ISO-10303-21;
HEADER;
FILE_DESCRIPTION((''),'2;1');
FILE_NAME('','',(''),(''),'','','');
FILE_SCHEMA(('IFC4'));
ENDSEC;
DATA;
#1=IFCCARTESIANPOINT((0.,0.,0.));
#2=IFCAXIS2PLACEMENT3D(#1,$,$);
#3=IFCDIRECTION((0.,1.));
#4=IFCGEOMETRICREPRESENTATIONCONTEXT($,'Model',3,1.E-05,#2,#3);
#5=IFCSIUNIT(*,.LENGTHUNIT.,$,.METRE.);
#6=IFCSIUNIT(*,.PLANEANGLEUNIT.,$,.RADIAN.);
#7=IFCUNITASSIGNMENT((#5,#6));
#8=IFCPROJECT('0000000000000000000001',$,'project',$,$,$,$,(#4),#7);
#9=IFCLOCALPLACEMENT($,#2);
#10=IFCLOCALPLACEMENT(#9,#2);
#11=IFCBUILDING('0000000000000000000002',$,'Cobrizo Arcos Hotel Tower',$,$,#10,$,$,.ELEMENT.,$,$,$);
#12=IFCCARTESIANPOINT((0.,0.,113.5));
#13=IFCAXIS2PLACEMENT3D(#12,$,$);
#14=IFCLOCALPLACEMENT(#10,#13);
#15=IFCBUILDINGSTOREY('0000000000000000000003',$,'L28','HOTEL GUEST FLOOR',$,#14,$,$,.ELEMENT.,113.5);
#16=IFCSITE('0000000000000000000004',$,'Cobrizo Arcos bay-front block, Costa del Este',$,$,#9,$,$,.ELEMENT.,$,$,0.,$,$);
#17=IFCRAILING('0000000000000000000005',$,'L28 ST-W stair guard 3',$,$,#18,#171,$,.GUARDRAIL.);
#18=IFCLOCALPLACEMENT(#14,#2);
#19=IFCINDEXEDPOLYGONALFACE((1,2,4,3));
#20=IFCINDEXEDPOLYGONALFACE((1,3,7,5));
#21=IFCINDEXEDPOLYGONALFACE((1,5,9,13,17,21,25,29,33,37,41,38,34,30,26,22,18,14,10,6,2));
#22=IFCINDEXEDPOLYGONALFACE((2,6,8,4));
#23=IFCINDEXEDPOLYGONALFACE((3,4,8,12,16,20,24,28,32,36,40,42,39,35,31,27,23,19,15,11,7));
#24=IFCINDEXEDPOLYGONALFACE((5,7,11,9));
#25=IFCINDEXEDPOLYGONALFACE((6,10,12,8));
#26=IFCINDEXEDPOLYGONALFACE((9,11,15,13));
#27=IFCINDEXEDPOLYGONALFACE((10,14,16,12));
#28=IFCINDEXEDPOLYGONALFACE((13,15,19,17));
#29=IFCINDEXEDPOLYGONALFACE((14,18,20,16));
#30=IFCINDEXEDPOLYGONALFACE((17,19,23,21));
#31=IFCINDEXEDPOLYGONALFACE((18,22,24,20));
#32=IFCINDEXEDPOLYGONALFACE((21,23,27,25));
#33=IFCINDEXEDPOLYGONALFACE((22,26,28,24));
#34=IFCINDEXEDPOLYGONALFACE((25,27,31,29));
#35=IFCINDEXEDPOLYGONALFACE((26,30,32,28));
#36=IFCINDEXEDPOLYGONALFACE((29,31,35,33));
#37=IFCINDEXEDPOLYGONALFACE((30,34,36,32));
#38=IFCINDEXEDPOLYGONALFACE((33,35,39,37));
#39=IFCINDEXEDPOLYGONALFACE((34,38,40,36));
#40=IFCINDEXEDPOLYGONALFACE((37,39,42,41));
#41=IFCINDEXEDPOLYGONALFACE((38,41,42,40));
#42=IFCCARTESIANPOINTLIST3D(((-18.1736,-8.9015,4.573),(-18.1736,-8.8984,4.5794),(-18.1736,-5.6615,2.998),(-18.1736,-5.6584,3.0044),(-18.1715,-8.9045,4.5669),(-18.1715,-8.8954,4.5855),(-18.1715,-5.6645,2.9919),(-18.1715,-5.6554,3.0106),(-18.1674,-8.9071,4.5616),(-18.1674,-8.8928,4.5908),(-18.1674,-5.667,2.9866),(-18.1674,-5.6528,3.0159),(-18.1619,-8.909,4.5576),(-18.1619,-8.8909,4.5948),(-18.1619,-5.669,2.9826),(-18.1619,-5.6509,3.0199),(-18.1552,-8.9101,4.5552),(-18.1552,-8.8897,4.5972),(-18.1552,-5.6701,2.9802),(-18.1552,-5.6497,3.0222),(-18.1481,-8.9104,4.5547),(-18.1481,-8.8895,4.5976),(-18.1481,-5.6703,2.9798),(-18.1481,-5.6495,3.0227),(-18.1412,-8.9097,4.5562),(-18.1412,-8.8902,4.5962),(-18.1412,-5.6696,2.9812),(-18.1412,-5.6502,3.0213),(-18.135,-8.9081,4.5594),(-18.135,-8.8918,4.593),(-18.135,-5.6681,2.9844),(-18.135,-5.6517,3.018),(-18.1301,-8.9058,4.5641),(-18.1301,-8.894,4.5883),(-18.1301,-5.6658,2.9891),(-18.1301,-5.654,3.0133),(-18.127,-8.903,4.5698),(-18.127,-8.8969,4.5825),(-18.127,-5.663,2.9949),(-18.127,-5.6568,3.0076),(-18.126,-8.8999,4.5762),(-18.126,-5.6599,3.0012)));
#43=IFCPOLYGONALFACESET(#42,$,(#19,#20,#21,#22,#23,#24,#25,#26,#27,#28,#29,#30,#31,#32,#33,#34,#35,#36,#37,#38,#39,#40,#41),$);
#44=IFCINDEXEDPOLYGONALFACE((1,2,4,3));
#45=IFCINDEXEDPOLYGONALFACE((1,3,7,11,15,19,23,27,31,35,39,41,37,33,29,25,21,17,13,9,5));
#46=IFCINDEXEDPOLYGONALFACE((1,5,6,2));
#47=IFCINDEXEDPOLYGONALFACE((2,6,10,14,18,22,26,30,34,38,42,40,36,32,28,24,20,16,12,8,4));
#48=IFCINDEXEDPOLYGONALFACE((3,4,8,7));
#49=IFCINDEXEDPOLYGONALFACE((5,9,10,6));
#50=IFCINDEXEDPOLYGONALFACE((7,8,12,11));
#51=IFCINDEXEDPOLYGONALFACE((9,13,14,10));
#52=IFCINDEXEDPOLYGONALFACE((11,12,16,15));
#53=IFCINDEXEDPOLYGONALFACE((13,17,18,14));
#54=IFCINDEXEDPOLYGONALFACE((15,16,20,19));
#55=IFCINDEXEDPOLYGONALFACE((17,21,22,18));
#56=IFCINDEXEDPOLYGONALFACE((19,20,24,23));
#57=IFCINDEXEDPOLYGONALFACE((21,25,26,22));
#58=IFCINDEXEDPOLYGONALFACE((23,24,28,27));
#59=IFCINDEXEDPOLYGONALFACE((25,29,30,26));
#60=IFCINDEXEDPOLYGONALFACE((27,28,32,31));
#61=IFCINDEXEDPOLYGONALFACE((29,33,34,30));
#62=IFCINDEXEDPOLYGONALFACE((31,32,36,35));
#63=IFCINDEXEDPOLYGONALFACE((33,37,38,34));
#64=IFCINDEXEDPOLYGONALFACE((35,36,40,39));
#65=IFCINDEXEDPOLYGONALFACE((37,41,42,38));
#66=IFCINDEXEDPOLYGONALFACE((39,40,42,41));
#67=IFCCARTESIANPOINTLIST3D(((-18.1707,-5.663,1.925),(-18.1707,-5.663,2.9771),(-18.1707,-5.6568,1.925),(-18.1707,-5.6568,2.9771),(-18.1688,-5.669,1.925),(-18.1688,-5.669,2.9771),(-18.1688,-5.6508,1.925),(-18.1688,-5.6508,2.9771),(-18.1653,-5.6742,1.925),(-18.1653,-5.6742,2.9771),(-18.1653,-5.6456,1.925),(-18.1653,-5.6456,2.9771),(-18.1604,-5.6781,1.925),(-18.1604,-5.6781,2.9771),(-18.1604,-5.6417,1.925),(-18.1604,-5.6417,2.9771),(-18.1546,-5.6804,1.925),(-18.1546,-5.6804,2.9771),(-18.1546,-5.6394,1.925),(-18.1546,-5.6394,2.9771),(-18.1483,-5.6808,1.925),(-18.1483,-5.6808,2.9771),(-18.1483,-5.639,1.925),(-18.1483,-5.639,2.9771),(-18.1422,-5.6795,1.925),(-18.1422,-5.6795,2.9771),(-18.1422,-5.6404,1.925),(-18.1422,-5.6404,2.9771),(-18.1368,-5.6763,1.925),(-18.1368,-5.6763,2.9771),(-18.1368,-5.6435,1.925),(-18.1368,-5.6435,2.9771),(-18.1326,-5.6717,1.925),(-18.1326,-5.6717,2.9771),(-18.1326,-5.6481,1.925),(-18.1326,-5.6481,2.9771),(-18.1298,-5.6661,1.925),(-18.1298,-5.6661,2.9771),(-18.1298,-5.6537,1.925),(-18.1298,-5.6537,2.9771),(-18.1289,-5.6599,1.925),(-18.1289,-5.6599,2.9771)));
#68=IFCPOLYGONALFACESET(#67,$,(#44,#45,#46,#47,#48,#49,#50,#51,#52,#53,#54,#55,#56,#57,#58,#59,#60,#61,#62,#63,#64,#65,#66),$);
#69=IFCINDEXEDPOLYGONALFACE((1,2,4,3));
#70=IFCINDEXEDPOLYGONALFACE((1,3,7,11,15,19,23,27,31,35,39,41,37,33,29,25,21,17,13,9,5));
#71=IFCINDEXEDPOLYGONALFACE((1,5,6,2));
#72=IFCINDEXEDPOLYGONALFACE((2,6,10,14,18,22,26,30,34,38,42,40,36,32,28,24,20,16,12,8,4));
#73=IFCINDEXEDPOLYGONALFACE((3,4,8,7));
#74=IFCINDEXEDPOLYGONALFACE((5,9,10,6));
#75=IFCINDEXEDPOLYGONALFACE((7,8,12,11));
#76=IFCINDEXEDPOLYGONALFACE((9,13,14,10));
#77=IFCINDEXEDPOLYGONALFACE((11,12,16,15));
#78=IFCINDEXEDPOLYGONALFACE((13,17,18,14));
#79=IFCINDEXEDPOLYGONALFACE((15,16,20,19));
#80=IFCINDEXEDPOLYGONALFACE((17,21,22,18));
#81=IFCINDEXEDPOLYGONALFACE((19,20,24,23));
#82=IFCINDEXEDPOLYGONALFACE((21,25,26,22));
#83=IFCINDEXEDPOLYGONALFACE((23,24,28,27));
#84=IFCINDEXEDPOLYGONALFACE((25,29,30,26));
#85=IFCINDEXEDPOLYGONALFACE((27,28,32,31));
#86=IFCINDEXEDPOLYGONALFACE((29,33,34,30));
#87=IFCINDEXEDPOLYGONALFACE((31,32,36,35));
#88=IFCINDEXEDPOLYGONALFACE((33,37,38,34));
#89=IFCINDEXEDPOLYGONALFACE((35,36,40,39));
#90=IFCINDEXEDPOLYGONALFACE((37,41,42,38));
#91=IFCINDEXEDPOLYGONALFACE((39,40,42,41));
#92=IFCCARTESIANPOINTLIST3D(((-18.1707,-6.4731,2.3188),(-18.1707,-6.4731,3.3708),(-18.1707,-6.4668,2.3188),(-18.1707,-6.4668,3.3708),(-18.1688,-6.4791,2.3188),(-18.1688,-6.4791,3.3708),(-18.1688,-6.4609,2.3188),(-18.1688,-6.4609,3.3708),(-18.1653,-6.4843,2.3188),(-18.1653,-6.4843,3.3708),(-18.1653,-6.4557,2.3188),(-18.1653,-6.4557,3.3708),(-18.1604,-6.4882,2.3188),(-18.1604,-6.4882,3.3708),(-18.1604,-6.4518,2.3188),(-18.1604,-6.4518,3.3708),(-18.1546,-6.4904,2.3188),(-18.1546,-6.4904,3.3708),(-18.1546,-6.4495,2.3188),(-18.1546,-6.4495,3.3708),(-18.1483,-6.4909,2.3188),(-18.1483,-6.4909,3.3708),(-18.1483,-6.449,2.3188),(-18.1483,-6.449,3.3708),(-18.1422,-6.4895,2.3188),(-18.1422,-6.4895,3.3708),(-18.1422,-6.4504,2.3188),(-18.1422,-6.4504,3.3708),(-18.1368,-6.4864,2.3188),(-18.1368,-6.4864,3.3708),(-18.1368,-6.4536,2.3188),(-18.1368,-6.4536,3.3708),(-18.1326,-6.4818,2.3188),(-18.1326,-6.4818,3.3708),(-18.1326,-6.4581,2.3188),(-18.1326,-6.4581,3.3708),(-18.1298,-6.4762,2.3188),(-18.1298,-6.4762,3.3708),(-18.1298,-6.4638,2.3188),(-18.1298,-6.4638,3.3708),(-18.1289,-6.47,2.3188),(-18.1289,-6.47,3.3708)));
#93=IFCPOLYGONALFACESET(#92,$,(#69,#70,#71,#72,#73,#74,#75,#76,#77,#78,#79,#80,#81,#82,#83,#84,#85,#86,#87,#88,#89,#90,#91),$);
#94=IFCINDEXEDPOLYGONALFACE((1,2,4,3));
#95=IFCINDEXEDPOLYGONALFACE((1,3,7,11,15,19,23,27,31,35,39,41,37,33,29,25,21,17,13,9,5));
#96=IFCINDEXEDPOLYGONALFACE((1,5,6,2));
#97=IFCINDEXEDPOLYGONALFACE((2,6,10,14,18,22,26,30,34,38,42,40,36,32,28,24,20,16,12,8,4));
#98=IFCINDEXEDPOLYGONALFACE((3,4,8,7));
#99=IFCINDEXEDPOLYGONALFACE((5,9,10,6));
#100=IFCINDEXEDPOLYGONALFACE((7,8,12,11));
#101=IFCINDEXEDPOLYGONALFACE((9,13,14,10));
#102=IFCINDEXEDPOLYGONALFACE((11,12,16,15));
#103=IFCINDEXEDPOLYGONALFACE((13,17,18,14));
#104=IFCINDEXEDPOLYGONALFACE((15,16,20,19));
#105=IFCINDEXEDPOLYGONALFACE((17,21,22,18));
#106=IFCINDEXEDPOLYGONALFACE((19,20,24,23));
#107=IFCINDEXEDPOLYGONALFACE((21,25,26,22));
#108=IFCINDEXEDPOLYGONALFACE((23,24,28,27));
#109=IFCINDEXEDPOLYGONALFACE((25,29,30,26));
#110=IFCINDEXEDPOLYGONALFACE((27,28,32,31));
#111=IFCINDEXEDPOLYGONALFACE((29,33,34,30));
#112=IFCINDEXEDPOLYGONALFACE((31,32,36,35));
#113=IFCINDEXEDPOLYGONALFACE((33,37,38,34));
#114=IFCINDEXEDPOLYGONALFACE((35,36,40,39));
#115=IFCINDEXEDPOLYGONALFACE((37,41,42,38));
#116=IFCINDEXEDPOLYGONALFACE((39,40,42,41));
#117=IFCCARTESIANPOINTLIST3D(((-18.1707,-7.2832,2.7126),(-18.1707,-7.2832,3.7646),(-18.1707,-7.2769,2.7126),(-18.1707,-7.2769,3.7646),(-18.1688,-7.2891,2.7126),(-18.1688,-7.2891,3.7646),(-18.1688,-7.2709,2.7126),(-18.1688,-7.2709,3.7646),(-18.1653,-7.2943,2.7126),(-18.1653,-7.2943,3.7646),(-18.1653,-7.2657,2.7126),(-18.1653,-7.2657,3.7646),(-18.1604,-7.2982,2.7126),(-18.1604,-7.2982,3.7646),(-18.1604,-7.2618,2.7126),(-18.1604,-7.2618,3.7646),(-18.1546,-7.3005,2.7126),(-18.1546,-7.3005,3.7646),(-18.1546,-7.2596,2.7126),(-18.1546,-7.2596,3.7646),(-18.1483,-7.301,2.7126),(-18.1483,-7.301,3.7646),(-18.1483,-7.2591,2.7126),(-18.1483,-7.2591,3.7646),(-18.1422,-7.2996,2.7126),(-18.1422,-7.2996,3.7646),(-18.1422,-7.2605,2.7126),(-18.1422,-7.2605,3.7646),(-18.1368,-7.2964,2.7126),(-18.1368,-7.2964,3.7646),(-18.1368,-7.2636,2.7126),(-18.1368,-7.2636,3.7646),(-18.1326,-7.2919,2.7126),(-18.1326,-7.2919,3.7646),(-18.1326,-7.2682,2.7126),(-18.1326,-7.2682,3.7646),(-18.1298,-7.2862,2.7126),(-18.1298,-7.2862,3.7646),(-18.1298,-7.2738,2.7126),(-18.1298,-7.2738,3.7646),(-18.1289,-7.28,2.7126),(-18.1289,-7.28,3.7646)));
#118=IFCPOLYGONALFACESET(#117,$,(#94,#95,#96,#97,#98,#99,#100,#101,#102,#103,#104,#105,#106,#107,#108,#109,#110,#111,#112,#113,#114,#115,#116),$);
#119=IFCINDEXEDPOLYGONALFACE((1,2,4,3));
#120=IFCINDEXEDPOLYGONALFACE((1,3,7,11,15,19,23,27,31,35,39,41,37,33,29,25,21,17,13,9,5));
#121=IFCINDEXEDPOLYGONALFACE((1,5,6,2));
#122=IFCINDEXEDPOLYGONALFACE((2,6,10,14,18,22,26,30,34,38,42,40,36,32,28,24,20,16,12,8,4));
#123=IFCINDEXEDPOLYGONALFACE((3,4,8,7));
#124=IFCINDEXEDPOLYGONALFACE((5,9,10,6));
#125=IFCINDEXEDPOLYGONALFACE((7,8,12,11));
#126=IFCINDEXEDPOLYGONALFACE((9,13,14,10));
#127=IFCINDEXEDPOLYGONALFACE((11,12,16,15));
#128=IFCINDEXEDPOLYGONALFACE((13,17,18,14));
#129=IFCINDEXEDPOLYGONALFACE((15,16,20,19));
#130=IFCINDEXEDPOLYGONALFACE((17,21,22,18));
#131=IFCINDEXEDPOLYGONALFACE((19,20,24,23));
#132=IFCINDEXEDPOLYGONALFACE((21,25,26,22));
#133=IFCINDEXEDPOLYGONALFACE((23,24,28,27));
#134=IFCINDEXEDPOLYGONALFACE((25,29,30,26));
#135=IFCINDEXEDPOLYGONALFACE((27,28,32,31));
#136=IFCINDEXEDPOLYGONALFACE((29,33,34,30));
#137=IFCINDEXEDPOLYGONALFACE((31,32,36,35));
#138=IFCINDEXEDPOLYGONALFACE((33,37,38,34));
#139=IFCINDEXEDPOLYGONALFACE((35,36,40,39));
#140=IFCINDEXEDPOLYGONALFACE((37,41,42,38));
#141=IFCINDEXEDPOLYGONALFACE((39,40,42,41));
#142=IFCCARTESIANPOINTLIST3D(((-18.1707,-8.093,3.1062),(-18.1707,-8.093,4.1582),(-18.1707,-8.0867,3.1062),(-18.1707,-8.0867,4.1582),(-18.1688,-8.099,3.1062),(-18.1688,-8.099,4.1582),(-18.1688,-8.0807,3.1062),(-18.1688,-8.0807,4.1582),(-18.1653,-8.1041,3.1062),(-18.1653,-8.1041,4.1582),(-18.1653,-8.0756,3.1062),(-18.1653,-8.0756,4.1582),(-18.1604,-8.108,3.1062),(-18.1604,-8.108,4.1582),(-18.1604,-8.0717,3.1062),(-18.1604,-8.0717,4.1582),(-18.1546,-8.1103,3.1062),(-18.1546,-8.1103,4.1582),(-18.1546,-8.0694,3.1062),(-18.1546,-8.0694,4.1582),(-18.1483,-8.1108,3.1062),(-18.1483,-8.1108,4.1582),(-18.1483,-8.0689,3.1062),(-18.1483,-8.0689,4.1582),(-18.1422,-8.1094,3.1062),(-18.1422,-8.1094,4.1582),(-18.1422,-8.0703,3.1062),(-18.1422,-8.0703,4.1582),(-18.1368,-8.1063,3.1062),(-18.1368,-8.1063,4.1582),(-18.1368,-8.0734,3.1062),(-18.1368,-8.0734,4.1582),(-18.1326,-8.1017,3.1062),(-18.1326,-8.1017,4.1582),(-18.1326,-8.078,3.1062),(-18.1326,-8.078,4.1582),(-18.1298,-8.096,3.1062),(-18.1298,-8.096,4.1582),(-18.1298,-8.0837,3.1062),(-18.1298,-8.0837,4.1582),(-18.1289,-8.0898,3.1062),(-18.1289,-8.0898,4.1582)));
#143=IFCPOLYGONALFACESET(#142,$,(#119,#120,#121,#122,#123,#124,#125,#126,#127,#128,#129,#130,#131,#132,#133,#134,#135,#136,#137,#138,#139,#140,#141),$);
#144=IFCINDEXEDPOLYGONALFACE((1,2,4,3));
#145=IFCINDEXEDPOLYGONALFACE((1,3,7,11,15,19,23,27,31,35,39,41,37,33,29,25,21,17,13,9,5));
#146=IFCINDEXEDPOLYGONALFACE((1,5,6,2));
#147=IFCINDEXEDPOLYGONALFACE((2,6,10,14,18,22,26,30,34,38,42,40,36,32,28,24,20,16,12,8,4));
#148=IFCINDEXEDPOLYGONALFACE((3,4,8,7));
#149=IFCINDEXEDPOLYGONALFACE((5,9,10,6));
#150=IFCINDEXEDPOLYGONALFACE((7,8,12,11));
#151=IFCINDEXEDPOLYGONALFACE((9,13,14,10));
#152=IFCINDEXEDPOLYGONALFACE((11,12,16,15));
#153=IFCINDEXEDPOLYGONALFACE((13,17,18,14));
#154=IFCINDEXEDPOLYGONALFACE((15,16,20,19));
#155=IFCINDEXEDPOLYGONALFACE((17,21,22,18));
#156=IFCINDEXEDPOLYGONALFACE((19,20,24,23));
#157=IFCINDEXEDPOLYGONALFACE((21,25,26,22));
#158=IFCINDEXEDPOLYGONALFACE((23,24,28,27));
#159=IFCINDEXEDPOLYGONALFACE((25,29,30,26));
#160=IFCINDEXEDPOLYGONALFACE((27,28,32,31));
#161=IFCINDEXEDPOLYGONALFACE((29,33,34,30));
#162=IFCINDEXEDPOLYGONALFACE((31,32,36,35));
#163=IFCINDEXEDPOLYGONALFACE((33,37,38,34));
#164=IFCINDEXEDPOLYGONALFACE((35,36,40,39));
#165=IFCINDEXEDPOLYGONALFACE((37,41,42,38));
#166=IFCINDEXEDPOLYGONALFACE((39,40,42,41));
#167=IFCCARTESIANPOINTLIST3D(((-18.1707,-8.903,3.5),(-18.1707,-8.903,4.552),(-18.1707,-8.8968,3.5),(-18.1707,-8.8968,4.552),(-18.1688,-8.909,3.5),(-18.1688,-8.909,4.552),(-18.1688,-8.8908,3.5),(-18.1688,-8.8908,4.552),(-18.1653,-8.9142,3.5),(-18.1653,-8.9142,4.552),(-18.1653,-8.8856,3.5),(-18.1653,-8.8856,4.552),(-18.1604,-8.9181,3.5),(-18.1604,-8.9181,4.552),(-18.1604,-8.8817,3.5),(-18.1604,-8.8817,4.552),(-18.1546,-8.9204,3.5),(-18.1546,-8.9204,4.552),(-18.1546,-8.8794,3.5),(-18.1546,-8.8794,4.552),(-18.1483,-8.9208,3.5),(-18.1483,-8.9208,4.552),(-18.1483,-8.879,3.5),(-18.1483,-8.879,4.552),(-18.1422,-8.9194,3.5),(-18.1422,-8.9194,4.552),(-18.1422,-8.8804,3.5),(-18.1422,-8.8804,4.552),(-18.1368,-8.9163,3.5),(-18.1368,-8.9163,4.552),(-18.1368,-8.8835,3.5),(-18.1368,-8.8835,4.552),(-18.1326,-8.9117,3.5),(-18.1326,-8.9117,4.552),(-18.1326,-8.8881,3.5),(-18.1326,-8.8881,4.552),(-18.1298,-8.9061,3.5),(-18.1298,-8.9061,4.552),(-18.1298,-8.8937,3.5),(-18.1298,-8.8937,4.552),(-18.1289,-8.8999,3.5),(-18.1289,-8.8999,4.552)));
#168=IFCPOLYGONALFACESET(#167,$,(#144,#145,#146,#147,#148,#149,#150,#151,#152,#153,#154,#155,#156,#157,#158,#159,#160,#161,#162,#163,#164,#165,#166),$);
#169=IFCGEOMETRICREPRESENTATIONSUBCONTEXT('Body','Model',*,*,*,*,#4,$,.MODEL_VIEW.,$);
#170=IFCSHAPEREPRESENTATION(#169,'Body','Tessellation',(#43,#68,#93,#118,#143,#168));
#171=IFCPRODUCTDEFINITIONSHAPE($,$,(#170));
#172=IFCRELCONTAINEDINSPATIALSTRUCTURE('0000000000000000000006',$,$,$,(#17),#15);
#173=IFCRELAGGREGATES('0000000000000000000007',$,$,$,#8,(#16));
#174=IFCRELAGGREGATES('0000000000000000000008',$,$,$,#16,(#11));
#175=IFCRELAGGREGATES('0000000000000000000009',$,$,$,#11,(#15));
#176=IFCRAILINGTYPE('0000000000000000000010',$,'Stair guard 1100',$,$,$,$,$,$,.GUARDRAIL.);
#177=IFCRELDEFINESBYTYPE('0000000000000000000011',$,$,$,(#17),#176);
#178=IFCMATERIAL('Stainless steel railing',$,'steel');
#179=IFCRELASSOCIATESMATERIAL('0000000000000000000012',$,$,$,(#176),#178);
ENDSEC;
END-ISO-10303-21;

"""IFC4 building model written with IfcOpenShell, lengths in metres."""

from ifc_helpers import new_model, si_unit, direction, frame, origin, origin_2d, place, context, subcontext, project, spatial, circle, extrude, material, type_object, element, save


model = new_model("IFC4")

# Units and contexts
model_context = context("Model", 3, precision=1e-05, world=origin(), true_north=direction((0.0, 1.0)))
body_context = subcontext(model_context, "Body", "Model", "MODEL_VIEW")
ifc_project = project(units=[si_unit("LENGTHUNIT", "METRE"), si_unit("PLANEANGLEUNIT", "RADIAN")], contexts=[model_context])

# Site, building, storey
site_placement = place(None, origin())
site = spatial("IfcSite", under=ifc_project, at=site_placement, Name="Cobrizo Arcos bay-front block, Costa del Este", CompositionType="ELEMENT", RefElevation=0.0)
building_placement = place(site_placement, origin())
building = spatial("IfcBuilding", under=site, at=building_placement, Name="Cobrizo Arcos Hotel Tower", CompositionType="ELEMENT")
storey_placement = place(building_placement, frame((0.0, 0.0, 113.5)))
storey = spatial("IfcBuildingStorey", under=building, at=storey_placement, Name="L28", Description="HOTEL GUEST FLOOR", CompositionType="ELEMENT", Elevation=113.5)

# Railing
ifc_material_1 = material(Name="Stainless steel railing", Category="steel")
railing_type_1 = type_object("IfcRailingType", Name="Stair guard 1100", PredefinedType="GUARDRAIL", material=ifc_material_1)
railing_1_placement = place(storey_placement, frame((-18.1499, -5.6599, 1.925)))
element("IfcRailing", 1, at=railing_1_placement, inside=storey, type_object=railing_type_1, Name="L28 ST-W stair guard 3", PredefinedType="GUARDRAIL", context=body_context, shape_type="SweptSolid", body=[
    extrude(circle(Radius=0.0239, at=origin_2d()), frame((0.0, 0.0, 1.0762), z_axis=(0.0, -0.899373, 0.437183), x_axis=(1.0, 0.0, 0.0)), (0.0, 0.0, 1.0), 3.6025),
    extrude(circle(Radius=0.021, at=origin_2d()), origin(), (0.0, 0.0, 1.0), 1.052),
    extrude(circle(Radius=0.021, at=origin_2d()), frame((0.0, -0.8101, 0.3938)), (0.0, 0.0, 1.0), 1.052),
    extrude(circle(Radius=0.021, at=origin_2d()), frame((0.0, -1.6201, 0.7876)), (0.0, 0.0, 1.0), 1.052),
    extrude(circle(Radius=0.021, at=origin_2d()), frame((0.0, -2.4299, 1.1812)), (0.0, 0.0, 1.0), 1.052),
    extrude(circle(Radius=0.021, at=origin_2d()), frame((0.0, -3.24, 1.575)), (0.0, 0.0, 1.0), 1.052),
])

save(model, "model.ifc")
